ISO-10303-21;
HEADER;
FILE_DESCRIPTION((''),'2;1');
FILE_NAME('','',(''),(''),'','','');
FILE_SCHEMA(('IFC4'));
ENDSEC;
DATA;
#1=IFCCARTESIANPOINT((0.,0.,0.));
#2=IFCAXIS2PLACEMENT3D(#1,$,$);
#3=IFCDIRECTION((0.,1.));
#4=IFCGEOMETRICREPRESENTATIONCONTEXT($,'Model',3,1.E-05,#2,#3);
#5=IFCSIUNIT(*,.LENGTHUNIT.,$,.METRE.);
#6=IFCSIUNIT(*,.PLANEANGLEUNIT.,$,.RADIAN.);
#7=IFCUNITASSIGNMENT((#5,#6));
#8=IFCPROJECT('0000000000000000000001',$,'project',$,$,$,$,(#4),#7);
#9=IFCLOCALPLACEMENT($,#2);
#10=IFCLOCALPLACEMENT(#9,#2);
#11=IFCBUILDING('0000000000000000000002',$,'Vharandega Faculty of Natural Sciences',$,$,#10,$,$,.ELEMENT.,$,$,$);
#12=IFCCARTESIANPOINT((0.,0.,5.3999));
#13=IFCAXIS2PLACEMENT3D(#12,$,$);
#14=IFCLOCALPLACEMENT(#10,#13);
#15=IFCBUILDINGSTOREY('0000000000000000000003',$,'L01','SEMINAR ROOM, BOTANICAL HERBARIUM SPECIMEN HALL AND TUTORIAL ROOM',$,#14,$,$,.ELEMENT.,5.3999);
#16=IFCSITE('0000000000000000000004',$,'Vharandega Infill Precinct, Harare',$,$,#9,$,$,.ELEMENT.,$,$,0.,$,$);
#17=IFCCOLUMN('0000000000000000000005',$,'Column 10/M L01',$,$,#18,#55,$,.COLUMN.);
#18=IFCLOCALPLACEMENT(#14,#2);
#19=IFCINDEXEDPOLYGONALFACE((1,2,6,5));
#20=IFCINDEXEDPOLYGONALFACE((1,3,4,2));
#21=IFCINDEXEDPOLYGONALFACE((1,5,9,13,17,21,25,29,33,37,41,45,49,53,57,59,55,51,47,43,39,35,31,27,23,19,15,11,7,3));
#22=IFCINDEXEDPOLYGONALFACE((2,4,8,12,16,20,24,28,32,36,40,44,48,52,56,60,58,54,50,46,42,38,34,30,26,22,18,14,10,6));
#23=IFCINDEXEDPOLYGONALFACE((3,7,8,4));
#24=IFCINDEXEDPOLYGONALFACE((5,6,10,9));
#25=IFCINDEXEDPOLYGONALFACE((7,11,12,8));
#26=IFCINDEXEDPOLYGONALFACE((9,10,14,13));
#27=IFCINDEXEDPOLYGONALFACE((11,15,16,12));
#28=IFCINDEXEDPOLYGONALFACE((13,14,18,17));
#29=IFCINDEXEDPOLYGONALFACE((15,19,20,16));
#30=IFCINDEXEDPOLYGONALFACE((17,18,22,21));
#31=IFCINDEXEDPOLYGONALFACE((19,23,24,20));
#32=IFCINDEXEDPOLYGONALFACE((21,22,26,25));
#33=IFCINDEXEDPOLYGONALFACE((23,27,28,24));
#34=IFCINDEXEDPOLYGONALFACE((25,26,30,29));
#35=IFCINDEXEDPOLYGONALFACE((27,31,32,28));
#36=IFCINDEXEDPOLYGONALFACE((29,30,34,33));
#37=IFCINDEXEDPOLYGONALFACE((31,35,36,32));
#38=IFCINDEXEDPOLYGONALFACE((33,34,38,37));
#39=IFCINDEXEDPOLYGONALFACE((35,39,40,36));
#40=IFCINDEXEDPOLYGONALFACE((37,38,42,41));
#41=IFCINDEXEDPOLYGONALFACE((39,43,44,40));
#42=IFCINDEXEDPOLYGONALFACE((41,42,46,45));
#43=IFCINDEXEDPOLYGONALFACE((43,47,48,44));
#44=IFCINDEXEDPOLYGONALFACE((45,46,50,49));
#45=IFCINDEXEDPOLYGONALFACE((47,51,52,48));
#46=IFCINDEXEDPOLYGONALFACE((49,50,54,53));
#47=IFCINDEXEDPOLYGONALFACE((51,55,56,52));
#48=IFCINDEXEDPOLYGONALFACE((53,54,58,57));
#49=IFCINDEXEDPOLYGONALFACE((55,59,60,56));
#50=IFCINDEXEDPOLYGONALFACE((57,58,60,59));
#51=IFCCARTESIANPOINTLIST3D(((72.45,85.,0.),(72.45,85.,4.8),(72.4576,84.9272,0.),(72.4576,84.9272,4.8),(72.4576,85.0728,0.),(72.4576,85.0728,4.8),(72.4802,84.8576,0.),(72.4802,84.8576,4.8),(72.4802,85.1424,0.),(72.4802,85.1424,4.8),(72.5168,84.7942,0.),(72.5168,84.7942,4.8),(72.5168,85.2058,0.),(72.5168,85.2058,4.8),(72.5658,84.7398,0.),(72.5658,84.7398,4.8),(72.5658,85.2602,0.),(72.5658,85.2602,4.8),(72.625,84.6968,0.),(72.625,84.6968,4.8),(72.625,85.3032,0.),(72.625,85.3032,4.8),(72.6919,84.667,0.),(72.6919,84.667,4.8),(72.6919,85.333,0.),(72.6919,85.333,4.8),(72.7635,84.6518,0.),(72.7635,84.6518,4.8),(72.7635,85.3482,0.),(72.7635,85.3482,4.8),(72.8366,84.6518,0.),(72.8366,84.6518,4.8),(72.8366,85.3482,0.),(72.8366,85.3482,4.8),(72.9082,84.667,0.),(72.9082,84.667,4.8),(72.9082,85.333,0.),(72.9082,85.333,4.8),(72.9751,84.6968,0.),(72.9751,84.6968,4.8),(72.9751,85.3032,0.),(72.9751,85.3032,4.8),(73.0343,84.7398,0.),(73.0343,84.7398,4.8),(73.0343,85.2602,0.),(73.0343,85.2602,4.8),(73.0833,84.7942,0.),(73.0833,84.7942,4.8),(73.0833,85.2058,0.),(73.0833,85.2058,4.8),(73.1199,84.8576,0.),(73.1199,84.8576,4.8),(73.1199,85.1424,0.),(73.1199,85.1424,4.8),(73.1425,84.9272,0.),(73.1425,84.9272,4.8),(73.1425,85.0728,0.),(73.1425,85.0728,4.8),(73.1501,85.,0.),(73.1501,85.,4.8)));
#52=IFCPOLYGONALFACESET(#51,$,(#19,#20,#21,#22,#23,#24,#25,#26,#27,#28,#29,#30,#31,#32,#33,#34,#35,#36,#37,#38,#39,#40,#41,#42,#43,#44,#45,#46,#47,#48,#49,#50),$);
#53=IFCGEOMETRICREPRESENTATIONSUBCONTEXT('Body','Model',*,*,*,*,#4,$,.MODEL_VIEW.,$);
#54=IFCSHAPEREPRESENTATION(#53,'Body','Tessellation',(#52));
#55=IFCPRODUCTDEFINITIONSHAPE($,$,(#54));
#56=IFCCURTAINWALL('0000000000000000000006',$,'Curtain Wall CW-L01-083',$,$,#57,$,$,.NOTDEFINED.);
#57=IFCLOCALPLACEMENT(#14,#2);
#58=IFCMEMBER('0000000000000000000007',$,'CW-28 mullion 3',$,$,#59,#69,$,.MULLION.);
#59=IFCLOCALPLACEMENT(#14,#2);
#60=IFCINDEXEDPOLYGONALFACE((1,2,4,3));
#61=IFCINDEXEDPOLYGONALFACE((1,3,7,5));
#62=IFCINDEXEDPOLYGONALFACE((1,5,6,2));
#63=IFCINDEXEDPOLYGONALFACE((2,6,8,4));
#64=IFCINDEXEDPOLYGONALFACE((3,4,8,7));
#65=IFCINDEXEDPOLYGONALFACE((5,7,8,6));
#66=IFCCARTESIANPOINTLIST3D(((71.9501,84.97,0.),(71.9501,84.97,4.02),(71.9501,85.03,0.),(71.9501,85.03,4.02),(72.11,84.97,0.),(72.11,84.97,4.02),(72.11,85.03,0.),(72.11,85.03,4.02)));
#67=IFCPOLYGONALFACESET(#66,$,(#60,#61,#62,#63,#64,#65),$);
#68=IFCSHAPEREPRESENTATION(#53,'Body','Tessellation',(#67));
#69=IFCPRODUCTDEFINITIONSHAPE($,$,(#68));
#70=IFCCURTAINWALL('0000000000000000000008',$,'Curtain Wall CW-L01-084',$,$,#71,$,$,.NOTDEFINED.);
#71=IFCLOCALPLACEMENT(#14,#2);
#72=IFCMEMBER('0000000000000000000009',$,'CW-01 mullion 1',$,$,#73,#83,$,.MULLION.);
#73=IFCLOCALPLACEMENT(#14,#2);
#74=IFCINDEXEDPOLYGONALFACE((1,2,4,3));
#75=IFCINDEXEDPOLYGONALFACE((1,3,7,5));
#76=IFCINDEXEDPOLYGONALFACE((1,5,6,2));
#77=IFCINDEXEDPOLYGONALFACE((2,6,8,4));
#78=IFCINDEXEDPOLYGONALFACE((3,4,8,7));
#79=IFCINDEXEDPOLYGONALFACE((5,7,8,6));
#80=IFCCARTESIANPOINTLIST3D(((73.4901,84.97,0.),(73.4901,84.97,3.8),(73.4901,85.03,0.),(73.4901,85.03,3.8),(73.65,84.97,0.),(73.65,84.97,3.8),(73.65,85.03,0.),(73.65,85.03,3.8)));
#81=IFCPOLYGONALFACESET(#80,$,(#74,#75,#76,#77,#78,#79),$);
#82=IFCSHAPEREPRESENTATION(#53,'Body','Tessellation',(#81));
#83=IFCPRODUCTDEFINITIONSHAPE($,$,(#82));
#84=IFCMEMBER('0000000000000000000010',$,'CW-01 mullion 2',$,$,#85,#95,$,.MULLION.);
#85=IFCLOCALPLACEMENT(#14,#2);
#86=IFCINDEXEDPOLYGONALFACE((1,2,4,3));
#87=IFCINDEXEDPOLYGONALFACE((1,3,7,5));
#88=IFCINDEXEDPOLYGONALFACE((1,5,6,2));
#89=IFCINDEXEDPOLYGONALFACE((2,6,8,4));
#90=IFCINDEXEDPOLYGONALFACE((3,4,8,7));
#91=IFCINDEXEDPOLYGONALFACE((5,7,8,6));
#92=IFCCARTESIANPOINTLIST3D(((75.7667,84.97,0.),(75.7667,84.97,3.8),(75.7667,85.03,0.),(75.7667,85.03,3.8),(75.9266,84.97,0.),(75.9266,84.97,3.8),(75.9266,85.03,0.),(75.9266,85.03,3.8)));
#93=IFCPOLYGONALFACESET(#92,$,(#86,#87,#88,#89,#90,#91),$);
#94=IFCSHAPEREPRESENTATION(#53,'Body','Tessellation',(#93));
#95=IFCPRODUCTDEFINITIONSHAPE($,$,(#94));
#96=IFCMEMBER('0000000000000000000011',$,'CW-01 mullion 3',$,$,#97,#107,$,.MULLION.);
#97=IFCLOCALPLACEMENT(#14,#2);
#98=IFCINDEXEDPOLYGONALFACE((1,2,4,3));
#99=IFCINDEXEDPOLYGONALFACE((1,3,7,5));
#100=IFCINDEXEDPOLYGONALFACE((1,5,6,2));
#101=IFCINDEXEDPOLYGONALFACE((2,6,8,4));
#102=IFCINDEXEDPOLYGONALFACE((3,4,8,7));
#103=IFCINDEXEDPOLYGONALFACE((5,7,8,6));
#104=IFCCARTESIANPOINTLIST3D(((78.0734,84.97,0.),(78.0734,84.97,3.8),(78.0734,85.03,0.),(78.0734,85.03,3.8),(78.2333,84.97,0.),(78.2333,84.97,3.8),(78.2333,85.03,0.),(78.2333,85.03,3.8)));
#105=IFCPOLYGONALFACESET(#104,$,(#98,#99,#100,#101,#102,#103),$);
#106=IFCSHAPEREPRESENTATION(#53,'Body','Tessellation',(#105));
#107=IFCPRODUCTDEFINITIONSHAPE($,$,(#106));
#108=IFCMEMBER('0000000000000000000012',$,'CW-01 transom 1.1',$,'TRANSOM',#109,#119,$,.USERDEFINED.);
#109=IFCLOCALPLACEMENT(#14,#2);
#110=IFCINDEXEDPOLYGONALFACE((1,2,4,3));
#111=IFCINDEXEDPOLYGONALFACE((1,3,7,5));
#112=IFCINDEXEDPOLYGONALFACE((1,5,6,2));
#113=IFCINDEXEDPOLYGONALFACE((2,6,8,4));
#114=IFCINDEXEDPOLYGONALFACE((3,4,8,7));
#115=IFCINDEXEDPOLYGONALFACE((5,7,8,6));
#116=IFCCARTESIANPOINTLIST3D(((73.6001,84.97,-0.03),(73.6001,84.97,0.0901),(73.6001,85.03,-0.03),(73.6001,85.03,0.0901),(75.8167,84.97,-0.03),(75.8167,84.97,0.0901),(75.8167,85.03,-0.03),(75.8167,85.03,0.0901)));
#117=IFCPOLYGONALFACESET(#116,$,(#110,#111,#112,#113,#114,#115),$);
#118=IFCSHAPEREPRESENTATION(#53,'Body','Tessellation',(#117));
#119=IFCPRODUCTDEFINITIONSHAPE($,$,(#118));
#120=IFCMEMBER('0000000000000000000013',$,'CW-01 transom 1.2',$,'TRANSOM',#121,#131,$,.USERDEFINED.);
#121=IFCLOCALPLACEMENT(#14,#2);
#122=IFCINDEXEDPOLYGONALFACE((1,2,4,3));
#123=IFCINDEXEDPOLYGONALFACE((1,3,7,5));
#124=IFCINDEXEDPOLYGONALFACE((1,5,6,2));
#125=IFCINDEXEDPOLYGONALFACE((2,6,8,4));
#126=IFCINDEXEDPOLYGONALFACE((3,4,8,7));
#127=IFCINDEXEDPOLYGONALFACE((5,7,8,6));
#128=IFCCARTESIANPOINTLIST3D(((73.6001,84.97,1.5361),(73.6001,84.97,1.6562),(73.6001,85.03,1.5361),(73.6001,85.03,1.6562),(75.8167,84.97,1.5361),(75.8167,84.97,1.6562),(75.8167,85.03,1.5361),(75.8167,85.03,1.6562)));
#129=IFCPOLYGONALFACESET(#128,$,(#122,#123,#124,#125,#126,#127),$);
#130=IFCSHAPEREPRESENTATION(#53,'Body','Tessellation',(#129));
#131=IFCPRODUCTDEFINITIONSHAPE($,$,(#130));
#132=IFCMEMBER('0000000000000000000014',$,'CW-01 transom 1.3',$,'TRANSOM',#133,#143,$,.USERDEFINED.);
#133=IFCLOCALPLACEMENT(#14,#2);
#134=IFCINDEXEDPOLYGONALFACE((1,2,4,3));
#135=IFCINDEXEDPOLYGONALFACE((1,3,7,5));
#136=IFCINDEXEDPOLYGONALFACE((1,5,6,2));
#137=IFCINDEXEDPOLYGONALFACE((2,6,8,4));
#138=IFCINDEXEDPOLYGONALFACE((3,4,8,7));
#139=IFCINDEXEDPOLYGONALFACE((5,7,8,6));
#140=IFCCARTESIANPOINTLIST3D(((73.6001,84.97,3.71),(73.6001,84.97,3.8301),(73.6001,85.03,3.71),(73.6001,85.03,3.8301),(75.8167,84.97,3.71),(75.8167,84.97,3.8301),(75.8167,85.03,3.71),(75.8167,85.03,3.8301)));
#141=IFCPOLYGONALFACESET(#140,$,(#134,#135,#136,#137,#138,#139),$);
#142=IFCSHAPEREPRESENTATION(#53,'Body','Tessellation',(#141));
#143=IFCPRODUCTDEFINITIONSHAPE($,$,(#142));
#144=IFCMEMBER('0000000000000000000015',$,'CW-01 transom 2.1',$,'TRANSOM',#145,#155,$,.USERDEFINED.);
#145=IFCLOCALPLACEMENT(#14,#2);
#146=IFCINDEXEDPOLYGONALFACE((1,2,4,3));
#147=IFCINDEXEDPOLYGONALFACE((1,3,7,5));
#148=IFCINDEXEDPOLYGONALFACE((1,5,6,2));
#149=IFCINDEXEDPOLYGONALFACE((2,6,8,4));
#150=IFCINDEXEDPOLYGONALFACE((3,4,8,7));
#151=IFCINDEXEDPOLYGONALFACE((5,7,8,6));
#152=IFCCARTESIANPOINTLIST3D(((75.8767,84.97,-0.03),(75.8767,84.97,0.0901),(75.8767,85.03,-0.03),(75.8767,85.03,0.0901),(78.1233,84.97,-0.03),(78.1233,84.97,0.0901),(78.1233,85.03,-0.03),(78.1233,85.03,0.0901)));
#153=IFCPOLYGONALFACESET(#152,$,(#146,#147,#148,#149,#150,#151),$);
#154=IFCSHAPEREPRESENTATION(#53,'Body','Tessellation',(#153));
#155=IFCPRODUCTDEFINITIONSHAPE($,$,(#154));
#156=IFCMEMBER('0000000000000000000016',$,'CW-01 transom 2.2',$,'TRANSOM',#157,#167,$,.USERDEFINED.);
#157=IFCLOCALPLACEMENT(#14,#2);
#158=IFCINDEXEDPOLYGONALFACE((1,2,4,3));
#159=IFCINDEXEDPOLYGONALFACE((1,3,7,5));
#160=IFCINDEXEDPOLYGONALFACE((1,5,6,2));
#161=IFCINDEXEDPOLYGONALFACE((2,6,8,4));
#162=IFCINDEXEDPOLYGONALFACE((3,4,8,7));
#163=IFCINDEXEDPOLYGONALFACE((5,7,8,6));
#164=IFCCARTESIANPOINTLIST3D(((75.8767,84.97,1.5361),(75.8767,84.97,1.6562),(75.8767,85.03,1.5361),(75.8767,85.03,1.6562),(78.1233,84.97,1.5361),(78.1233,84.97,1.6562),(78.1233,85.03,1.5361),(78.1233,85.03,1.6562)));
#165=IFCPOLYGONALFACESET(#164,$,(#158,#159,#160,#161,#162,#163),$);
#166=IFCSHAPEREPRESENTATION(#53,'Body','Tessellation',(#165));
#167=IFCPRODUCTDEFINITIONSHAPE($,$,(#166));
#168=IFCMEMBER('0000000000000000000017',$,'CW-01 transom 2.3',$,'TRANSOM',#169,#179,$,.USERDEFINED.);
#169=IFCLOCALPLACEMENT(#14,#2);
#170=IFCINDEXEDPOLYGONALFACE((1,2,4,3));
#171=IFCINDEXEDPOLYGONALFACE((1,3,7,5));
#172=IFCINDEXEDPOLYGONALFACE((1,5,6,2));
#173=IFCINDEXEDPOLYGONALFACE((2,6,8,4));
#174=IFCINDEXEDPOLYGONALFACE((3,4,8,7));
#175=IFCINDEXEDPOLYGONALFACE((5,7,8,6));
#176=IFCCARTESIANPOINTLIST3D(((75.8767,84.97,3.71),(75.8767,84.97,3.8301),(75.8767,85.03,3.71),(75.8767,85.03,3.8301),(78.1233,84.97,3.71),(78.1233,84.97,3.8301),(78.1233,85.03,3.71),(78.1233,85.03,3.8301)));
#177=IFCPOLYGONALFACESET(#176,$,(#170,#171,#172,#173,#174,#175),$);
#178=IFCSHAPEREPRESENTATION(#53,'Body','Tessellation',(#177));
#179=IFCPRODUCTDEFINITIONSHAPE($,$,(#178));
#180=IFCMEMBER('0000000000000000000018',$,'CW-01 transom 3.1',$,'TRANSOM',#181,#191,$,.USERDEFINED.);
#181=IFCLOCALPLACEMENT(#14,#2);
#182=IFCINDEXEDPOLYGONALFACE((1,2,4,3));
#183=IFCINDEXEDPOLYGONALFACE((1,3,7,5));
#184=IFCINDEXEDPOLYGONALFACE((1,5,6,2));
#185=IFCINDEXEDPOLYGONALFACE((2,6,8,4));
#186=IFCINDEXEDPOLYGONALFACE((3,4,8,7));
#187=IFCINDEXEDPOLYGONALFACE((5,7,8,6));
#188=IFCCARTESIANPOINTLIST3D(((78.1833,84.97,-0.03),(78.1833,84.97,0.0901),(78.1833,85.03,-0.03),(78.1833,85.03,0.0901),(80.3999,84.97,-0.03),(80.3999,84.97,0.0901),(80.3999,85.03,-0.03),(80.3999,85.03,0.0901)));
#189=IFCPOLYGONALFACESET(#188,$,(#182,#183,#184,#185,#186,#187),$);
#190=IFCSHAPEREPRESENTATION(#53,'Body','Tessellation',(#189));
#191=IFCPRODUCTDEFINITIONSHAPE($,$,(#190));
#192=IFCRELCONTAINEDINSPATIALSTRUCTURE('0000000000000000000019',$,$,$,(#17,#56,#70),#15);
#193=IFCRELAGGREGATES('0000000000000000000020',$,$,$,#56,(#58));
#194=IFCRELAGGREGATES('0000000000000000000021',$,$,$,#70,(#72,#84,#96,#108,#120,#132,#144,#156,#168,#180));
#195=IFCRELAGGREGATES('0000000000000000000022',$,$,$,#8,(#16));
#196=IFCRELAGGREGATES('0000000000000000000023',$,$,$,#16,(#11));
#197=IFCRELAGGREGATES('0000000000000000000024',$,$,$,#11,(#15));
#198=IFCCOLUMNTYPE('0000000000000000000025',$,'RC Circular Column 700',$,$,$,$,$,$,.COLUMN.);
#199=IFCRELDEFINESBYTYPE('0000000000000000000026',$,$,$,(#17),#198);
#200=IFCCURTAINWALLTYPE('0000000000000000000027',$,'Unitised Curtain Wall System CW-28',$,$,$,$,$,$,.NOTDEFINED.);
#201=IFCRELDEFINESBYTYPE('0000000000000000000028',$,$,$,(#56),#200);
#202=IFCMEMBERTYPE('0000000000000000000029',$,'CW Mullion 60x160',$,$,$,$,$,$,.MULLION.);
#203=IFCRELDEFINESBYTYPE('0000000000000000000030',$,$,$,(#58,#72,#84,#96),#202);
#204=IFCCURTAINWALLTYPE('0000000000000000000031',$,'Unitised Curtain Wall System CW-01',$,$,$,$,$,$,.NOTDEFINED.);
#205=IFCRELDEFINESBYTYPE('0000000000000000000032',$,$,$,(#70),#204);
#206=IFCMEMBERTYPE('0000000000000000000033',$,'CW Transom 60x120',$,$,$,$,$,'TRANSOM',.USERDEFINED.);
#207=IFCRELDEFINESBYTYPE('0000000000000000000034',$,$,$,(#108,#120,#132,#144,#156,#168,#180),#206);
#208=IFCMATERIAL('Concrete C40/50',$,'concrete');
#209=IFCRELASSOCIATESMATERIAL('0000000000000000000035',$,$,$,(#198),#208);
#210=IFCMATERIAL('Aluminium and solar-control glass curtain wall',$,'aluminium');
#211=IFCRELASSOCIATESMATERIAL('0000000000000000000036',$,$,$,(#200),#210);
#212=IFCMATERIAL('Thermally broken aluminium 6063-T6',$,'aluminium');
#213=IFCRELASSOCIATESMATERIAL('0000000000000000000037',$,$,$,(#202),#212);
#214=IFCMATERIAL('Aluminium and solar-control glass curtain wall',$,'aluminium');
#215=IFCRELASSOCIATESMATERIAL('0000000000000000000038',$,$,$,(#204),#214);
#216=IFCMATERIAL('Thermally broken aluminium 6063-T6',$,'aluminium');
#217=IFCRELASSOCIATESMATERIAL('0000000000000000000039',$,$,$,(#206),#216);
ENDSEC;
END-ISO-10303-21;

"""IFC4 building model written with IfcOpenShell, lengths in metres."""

from ifc_helpers import new_model, si_unit, direction, frame, origin, origin_2d, place, context, subcontext, project, spatial, rectangle, circle, extrude, material, material_profile, profile_set, type_object, element, aggregate, save


model = new_model("IFC4")

# Units and contexts
model_context = context("Model", 3, precision=1e-05, world=origin(), true_north=direction((0.0, 1.0)))
body_context = subcontext(model_context, "Body", "Model", "MODEL_VIEW")
ifc_project = project(units=[si_unit("LENGTHUNIT", "METRE"), si_unit("PLANEANGLEUNIT", "RADIAN")], contexts=[model_context])

# Site, building, storey
site_placement = place(None, origin())
site = spatial("IfcSite", under=ifc_project, at=site_placement, Name="Vharandega Infill Precinct, Harare", CompositionType="ELEMENT", RefElevation=0.0)
building_placement = place(site_placement, origin())
building = spatial("IfcBuilding", under=site, at=building_placement, Name="Vharandega Faculty of Natural Sciences", CompositionType="ELEMENT")
storey_placement = place(building_placement, frame((0.0, 0.0, 5.3999)))
storey = spatial("IfcBuildingStorey", under=building, at=storey_placement, Name="L01", Description="SEMINAR ROOM, BOTANICAL HERBARIUM SPECIMEN HALL AND TUTORIAL ROOM", CompositionType="ELEMENT", Elevation=5.3999)

# Column
ifc_material_1 = material(Name="Concrete C40/50", Category="concrete")
ifc_material_profile_1 = material_profile(ifc_material_1, circle(Radius=0.3501, at=origin_2d()), Name="RC-CIRC 700")
ifc_profile_set_1 = profile_set([ifc_material_profile_1], Name="Concrete C40/50")
column_type = type_object("IfcColumnType", Name="RC Circular Column 700", PredefinedType="COLUMN", material=ifc_profile_set_1)
column_placement = place(storey_placement, frame((72.8, 85.0, 0.0), z_axis=(0.0, 0.0, 1.0), x_axis=(1.0, 0.0, 0.0)))
element("IfcColumn", 1, at=column_placement, inside=storey, type_object=column_type, Name="Column 10/M L01", PredefinedType="COLUMN", context=body_context, shape_type="SweptSolid", body=[
    extrude(circle(Radius=0.3501, at=origin_2d()), origin(), (0.0, 0.0, 1.0), 4.8),
])

# Curtain wall, member
ifc_material_2 = material(Name="Aluminium and solar-control glass curtain wall", Category="aluminium")
curtain_wall_type_1 = type_object("IfcCurtainWallType", Name="Unitised Curtain Wall System CW-28", PredefinedType="NOTDEFINED", material=ifc_material_2)
curtain_wall_1_placement = place(storey_placement, origin())
curtain_wall_1 = element("IfcCurtainWall", 2, at=curtain_wall_1_placement, inside=storey, type_object=curtain_wall_type_1, Name="Curtain Wall CW-L01-083", PredefinedType="NOTDEFINED")
ifc_material_3 = material(Name="Thermally broken aluminium 6063-T6", Category="aluminium")
ifc_material_profile_2 = material_profile(ifc_material_3, rectangle(XDim=0.0601, YDim=0.1599, at=origin_2d()), Name="ALU 60x160")
ifc_profile_set_2 = profile_set([ifc_material_profile_2], Name="Thermally broken aluminium 6063-T6")
member_type_1 = type_object("IfcMemberType", Name="CW Mullion 60x160", PredefinedType="MULLION", material=ifc_profile_set_2)
member_1_placement = place(storey_placement, frame((72.03, 85.0, 0.0), z_axis=(0.0, 0.0, 1.0), x_axis=(0.0, 1.0, 0.0)))
member_1 = element("IfcMember", 3, at=member_1_placement, type_object=member_type_1, Name="CW-28 mullion 3", PredefinedType="MULLION", context=body_context, shape_type="SweptSolid", body=[
    extrude(rectangle(XDim=0.0601, YDim=0.1599, at=origin_2d()), origin(), (0.0, 0.0, 1.0), 4.02),
])

# Curtain wall, members
ifc_material_4 = material(Name="Aluminium and solar-control glass curtain wall", Category="aluminium")
curtain_wall_type_2 = type_object("IfcCurtainWallType", Name="Unitised Curtain Wall System CW-01", PredefinedType="NOTDEFINED", material=ifc_material_4)
curtain_wall_2_placement = place(storey_placement, origin())
curtain_wall_2 = element("IfcCurtainWall", 4, at=curtain_wall_2_placement, inside=storey, type_object=curtain_wall_type_2, Name="Curtain Wall CW-L01-084", PredefinedType="NOTDEFINED")
member_2_placement = place(storey_placement, frame((73.5701, 85.0, 0.0), z_axis=(0.0, 0.0, 1.0), x_axis=(0.0, 1.0, 0.0)))
member_2 = element("IfcMember", 5, at=member_2_placement, type_object=member_type_1, Name="CW-01 mullion 1", PredefinedType="MULLION", context=body_context, shape_type="SweptSolid", body=[
    extrude(rectangle(XDim=0.0601, YDim=0.1599, at=origin_2d()), origin(), (0.0, 0.0, 1.0), 3.8),
])
member_3_placement = place(storey_placement, frame((75.8467, 85.0, 0.0), z_axis=(0.0, 0.0, 1.0), x_axis=(0.0, 1.0, 0.0)))
member_3 = element("IfcMember", 6, at=member_3_placement, type_object=member_type_1, Name="CW-01 mullion 2", PredefinedType="MULLION", context=body_context, shape_type="SweptSolid", body=[
    extrude(rectangle(XDim=0.0601, YDim=0.1599, at=origin_2d()), origin(), (0.0, 0.0, 1.0), 3.8),
])
member_4_placement = place(storey_placement, frame((78.1533, 85.0, 0.0), z_axis=(0.0, 0.0, 1.0), x_axis=(0.0, 1.0, 0.0)))
member_4 = element("IfcMember", 7, at=member_4_placement, type_object=member_type_1, Name="CW-01 mullion 3", PredefinedType="MULLION", context=body_context, shape_type="SweptSolid", body=[
    extrude(rectangle(XDim=0.0601, YDim=0.1599, at=origin_2d()), origin(), (0.0, 0.0, 1.0), 3.8),
])
ifc_material_5 = material(Name="Thermally broken aluminium 6063-T6", Category="aluminium")
ifc_material_profile_3 = material_profile(ifc_material_5, rectangle(XDim=0.0601, YDim=0.1201, at=origin_2d()), Name="ALU 60x120")
ifc_profile_set_3 = profile_set([ifc_material_profile_3], Name="Thermally broken aluminium 6063-T6")
member_type_2 = type_object("IfcMemberType", Name="CW Transom 60x120", ElementType="TRANSOM", PredefinedType="USERDEFINED", material=ifc_profile_set_3)
member_5_placement = place(storey_placement, frame((73.6001, 85.0, 0.03), z_axis=(1.0, 0.0, 0.0), x_axis=(0.0, 1.0, 0.0)))
member_5 = element("IfcMember", 8, at=member_5_placement, type_object=member_type_2, Name="CW-01 transom 1.1", ObjectType="TRANSOM", PredefinedType="USERDEFINED", context=body_context, shape_type="SweptSolid", body=[
    extrude(rectangle(XDim=0.0601, YDim=0.1201, at=origin_2d()), origin(), (0.0, 0.0, 1.0), 2.2166),
])
member_6_placement = place(storey_placement, frame((73.6001, 85.0, 1.5962), z_axis=(1.0, 0.0, 0.0), x_axis=(0.0, 1.0, 0.0)))
member_6 = element("IfcMember", 9, at=member_6_placement, type_object=member_type_2, Name="CW-01 transom 1.2", ObjectType="TRANSOM", PredefinedType="USERDEFINED", context=body_context, shape_type="SweptSolid", body=[
    extrude(rectangle(XDim=0.0601, YDim=0.1201, at=origin_2d()), origin(), (0.0, 0.0, 1.0), 2.2166),
])
member_7_placement = place(storey_placement, frame((73.6001, 85.0, 3.77), z_axis=(1.0, 0.0, 0.0), x_axis=(0.0, 1.0, 0.0)))
member_7 = element("IfcMember", 10, at=member_7_placement, type_object=member_type_2, Name="CW-01 transom 1.3", ObjectType="TRANSOM", PredefinedType="USERDEFINED", context=body_context, shape_type="SweptSolid", body=[
    extrude(rectangle(XDim=0.0601, YDim=0.1201, at=origin_2d()), origin(), (0.0, 0.0, 1.0), 2.2166),
])
member_8_placement = place(storey_placement, frame((75.8767, 85.0, 0.03), z_axis=(1.0, 0.0, 0.0), x_axis=(0.0, 1.0, 0.0)))
member_8 = element("IfcMember", 11, at=member_8_placement, type_object=member_type_2, Name="CW-01 transom 2.1", ObjectType="TRANSOM", PredefinedType="USERDEFINED", context=body_context, shape_type="SweptSolid", body=[
    extrude(rectangle(XDim=0.0601, YDim=0.1201, at=origin_2d()), origin(), (0.0, 0.0, 1.0), 2.2466),
])
member_9_placement = place(storey_placement, frame((75.8767, 85.0, 1.5962), z_axis=(1.0, 0.0, 0.0), x_axis=(0.0, 1.0, 0.0)))
member_9 = element("IfcMember", 12, at=member_9_placement, type_object=member_type_2, Name="CW-01 transom 2.2", ObjectType="TRANSOM", PredefinedType="USERDEFINED", context=body_context, shape_type="SweptSolid", body=[
    extrude(rectangle(XDim=0.0601, YDim=0.1201, at=origin_2d()), origin(), (0.0, 0.0, 1.0), 2.2466),
])
member_10_placement = place(storey_placement, frame((75.8767, 85.0, 3.77), z_axis=(1.0, 0.0, 0.0), x_axis=(0.0, 1.0, 0.0)))
member_10 = element("IfcMember", 13, at=member_10_placement, type_object=member_type_2, Name="CW-01 transom 2.3", ObjectType="TRANSOM", PredefinedType="USERDEFINED", context=body_context, shape_type="SweptSolid", body=[
    extrude(rectangle(XDim=0.0601, YDim=0.1201, at=origin_2d()), origin(), (0.0, 0.0, 1.0), 2.2466),
])
member_11_placement = place(storey_placement, frame((78.1833, 85.0, 0.03), z_axis=(1.0, 0.0, 0.0), x_axis=(0.0, 1.0, 0.0)))
member_11 = element("IfcMember", 14, at=member_11_placement, type_object=member_type_2, Name="CW-01 transom 3.1", ObjectType="TRANSOM", PredefinedType="USERDEFINED", context=body_context, shape_type="SweptSolid", body=[
    extrude(rectangle(XDim=0.0601, YDim=0.1201, at=origin_2d()), origin(), (0.0, 0.0, 1.0), 2.2166),
])

aggregate(curtain_wall_1, [member_1])
aggregate(curtain_wall_2, [member_2, member_3, member_4, member_5, member_6, member_7, member_8, member_9, member_10, member_11])

save(model, "model.ifc")
